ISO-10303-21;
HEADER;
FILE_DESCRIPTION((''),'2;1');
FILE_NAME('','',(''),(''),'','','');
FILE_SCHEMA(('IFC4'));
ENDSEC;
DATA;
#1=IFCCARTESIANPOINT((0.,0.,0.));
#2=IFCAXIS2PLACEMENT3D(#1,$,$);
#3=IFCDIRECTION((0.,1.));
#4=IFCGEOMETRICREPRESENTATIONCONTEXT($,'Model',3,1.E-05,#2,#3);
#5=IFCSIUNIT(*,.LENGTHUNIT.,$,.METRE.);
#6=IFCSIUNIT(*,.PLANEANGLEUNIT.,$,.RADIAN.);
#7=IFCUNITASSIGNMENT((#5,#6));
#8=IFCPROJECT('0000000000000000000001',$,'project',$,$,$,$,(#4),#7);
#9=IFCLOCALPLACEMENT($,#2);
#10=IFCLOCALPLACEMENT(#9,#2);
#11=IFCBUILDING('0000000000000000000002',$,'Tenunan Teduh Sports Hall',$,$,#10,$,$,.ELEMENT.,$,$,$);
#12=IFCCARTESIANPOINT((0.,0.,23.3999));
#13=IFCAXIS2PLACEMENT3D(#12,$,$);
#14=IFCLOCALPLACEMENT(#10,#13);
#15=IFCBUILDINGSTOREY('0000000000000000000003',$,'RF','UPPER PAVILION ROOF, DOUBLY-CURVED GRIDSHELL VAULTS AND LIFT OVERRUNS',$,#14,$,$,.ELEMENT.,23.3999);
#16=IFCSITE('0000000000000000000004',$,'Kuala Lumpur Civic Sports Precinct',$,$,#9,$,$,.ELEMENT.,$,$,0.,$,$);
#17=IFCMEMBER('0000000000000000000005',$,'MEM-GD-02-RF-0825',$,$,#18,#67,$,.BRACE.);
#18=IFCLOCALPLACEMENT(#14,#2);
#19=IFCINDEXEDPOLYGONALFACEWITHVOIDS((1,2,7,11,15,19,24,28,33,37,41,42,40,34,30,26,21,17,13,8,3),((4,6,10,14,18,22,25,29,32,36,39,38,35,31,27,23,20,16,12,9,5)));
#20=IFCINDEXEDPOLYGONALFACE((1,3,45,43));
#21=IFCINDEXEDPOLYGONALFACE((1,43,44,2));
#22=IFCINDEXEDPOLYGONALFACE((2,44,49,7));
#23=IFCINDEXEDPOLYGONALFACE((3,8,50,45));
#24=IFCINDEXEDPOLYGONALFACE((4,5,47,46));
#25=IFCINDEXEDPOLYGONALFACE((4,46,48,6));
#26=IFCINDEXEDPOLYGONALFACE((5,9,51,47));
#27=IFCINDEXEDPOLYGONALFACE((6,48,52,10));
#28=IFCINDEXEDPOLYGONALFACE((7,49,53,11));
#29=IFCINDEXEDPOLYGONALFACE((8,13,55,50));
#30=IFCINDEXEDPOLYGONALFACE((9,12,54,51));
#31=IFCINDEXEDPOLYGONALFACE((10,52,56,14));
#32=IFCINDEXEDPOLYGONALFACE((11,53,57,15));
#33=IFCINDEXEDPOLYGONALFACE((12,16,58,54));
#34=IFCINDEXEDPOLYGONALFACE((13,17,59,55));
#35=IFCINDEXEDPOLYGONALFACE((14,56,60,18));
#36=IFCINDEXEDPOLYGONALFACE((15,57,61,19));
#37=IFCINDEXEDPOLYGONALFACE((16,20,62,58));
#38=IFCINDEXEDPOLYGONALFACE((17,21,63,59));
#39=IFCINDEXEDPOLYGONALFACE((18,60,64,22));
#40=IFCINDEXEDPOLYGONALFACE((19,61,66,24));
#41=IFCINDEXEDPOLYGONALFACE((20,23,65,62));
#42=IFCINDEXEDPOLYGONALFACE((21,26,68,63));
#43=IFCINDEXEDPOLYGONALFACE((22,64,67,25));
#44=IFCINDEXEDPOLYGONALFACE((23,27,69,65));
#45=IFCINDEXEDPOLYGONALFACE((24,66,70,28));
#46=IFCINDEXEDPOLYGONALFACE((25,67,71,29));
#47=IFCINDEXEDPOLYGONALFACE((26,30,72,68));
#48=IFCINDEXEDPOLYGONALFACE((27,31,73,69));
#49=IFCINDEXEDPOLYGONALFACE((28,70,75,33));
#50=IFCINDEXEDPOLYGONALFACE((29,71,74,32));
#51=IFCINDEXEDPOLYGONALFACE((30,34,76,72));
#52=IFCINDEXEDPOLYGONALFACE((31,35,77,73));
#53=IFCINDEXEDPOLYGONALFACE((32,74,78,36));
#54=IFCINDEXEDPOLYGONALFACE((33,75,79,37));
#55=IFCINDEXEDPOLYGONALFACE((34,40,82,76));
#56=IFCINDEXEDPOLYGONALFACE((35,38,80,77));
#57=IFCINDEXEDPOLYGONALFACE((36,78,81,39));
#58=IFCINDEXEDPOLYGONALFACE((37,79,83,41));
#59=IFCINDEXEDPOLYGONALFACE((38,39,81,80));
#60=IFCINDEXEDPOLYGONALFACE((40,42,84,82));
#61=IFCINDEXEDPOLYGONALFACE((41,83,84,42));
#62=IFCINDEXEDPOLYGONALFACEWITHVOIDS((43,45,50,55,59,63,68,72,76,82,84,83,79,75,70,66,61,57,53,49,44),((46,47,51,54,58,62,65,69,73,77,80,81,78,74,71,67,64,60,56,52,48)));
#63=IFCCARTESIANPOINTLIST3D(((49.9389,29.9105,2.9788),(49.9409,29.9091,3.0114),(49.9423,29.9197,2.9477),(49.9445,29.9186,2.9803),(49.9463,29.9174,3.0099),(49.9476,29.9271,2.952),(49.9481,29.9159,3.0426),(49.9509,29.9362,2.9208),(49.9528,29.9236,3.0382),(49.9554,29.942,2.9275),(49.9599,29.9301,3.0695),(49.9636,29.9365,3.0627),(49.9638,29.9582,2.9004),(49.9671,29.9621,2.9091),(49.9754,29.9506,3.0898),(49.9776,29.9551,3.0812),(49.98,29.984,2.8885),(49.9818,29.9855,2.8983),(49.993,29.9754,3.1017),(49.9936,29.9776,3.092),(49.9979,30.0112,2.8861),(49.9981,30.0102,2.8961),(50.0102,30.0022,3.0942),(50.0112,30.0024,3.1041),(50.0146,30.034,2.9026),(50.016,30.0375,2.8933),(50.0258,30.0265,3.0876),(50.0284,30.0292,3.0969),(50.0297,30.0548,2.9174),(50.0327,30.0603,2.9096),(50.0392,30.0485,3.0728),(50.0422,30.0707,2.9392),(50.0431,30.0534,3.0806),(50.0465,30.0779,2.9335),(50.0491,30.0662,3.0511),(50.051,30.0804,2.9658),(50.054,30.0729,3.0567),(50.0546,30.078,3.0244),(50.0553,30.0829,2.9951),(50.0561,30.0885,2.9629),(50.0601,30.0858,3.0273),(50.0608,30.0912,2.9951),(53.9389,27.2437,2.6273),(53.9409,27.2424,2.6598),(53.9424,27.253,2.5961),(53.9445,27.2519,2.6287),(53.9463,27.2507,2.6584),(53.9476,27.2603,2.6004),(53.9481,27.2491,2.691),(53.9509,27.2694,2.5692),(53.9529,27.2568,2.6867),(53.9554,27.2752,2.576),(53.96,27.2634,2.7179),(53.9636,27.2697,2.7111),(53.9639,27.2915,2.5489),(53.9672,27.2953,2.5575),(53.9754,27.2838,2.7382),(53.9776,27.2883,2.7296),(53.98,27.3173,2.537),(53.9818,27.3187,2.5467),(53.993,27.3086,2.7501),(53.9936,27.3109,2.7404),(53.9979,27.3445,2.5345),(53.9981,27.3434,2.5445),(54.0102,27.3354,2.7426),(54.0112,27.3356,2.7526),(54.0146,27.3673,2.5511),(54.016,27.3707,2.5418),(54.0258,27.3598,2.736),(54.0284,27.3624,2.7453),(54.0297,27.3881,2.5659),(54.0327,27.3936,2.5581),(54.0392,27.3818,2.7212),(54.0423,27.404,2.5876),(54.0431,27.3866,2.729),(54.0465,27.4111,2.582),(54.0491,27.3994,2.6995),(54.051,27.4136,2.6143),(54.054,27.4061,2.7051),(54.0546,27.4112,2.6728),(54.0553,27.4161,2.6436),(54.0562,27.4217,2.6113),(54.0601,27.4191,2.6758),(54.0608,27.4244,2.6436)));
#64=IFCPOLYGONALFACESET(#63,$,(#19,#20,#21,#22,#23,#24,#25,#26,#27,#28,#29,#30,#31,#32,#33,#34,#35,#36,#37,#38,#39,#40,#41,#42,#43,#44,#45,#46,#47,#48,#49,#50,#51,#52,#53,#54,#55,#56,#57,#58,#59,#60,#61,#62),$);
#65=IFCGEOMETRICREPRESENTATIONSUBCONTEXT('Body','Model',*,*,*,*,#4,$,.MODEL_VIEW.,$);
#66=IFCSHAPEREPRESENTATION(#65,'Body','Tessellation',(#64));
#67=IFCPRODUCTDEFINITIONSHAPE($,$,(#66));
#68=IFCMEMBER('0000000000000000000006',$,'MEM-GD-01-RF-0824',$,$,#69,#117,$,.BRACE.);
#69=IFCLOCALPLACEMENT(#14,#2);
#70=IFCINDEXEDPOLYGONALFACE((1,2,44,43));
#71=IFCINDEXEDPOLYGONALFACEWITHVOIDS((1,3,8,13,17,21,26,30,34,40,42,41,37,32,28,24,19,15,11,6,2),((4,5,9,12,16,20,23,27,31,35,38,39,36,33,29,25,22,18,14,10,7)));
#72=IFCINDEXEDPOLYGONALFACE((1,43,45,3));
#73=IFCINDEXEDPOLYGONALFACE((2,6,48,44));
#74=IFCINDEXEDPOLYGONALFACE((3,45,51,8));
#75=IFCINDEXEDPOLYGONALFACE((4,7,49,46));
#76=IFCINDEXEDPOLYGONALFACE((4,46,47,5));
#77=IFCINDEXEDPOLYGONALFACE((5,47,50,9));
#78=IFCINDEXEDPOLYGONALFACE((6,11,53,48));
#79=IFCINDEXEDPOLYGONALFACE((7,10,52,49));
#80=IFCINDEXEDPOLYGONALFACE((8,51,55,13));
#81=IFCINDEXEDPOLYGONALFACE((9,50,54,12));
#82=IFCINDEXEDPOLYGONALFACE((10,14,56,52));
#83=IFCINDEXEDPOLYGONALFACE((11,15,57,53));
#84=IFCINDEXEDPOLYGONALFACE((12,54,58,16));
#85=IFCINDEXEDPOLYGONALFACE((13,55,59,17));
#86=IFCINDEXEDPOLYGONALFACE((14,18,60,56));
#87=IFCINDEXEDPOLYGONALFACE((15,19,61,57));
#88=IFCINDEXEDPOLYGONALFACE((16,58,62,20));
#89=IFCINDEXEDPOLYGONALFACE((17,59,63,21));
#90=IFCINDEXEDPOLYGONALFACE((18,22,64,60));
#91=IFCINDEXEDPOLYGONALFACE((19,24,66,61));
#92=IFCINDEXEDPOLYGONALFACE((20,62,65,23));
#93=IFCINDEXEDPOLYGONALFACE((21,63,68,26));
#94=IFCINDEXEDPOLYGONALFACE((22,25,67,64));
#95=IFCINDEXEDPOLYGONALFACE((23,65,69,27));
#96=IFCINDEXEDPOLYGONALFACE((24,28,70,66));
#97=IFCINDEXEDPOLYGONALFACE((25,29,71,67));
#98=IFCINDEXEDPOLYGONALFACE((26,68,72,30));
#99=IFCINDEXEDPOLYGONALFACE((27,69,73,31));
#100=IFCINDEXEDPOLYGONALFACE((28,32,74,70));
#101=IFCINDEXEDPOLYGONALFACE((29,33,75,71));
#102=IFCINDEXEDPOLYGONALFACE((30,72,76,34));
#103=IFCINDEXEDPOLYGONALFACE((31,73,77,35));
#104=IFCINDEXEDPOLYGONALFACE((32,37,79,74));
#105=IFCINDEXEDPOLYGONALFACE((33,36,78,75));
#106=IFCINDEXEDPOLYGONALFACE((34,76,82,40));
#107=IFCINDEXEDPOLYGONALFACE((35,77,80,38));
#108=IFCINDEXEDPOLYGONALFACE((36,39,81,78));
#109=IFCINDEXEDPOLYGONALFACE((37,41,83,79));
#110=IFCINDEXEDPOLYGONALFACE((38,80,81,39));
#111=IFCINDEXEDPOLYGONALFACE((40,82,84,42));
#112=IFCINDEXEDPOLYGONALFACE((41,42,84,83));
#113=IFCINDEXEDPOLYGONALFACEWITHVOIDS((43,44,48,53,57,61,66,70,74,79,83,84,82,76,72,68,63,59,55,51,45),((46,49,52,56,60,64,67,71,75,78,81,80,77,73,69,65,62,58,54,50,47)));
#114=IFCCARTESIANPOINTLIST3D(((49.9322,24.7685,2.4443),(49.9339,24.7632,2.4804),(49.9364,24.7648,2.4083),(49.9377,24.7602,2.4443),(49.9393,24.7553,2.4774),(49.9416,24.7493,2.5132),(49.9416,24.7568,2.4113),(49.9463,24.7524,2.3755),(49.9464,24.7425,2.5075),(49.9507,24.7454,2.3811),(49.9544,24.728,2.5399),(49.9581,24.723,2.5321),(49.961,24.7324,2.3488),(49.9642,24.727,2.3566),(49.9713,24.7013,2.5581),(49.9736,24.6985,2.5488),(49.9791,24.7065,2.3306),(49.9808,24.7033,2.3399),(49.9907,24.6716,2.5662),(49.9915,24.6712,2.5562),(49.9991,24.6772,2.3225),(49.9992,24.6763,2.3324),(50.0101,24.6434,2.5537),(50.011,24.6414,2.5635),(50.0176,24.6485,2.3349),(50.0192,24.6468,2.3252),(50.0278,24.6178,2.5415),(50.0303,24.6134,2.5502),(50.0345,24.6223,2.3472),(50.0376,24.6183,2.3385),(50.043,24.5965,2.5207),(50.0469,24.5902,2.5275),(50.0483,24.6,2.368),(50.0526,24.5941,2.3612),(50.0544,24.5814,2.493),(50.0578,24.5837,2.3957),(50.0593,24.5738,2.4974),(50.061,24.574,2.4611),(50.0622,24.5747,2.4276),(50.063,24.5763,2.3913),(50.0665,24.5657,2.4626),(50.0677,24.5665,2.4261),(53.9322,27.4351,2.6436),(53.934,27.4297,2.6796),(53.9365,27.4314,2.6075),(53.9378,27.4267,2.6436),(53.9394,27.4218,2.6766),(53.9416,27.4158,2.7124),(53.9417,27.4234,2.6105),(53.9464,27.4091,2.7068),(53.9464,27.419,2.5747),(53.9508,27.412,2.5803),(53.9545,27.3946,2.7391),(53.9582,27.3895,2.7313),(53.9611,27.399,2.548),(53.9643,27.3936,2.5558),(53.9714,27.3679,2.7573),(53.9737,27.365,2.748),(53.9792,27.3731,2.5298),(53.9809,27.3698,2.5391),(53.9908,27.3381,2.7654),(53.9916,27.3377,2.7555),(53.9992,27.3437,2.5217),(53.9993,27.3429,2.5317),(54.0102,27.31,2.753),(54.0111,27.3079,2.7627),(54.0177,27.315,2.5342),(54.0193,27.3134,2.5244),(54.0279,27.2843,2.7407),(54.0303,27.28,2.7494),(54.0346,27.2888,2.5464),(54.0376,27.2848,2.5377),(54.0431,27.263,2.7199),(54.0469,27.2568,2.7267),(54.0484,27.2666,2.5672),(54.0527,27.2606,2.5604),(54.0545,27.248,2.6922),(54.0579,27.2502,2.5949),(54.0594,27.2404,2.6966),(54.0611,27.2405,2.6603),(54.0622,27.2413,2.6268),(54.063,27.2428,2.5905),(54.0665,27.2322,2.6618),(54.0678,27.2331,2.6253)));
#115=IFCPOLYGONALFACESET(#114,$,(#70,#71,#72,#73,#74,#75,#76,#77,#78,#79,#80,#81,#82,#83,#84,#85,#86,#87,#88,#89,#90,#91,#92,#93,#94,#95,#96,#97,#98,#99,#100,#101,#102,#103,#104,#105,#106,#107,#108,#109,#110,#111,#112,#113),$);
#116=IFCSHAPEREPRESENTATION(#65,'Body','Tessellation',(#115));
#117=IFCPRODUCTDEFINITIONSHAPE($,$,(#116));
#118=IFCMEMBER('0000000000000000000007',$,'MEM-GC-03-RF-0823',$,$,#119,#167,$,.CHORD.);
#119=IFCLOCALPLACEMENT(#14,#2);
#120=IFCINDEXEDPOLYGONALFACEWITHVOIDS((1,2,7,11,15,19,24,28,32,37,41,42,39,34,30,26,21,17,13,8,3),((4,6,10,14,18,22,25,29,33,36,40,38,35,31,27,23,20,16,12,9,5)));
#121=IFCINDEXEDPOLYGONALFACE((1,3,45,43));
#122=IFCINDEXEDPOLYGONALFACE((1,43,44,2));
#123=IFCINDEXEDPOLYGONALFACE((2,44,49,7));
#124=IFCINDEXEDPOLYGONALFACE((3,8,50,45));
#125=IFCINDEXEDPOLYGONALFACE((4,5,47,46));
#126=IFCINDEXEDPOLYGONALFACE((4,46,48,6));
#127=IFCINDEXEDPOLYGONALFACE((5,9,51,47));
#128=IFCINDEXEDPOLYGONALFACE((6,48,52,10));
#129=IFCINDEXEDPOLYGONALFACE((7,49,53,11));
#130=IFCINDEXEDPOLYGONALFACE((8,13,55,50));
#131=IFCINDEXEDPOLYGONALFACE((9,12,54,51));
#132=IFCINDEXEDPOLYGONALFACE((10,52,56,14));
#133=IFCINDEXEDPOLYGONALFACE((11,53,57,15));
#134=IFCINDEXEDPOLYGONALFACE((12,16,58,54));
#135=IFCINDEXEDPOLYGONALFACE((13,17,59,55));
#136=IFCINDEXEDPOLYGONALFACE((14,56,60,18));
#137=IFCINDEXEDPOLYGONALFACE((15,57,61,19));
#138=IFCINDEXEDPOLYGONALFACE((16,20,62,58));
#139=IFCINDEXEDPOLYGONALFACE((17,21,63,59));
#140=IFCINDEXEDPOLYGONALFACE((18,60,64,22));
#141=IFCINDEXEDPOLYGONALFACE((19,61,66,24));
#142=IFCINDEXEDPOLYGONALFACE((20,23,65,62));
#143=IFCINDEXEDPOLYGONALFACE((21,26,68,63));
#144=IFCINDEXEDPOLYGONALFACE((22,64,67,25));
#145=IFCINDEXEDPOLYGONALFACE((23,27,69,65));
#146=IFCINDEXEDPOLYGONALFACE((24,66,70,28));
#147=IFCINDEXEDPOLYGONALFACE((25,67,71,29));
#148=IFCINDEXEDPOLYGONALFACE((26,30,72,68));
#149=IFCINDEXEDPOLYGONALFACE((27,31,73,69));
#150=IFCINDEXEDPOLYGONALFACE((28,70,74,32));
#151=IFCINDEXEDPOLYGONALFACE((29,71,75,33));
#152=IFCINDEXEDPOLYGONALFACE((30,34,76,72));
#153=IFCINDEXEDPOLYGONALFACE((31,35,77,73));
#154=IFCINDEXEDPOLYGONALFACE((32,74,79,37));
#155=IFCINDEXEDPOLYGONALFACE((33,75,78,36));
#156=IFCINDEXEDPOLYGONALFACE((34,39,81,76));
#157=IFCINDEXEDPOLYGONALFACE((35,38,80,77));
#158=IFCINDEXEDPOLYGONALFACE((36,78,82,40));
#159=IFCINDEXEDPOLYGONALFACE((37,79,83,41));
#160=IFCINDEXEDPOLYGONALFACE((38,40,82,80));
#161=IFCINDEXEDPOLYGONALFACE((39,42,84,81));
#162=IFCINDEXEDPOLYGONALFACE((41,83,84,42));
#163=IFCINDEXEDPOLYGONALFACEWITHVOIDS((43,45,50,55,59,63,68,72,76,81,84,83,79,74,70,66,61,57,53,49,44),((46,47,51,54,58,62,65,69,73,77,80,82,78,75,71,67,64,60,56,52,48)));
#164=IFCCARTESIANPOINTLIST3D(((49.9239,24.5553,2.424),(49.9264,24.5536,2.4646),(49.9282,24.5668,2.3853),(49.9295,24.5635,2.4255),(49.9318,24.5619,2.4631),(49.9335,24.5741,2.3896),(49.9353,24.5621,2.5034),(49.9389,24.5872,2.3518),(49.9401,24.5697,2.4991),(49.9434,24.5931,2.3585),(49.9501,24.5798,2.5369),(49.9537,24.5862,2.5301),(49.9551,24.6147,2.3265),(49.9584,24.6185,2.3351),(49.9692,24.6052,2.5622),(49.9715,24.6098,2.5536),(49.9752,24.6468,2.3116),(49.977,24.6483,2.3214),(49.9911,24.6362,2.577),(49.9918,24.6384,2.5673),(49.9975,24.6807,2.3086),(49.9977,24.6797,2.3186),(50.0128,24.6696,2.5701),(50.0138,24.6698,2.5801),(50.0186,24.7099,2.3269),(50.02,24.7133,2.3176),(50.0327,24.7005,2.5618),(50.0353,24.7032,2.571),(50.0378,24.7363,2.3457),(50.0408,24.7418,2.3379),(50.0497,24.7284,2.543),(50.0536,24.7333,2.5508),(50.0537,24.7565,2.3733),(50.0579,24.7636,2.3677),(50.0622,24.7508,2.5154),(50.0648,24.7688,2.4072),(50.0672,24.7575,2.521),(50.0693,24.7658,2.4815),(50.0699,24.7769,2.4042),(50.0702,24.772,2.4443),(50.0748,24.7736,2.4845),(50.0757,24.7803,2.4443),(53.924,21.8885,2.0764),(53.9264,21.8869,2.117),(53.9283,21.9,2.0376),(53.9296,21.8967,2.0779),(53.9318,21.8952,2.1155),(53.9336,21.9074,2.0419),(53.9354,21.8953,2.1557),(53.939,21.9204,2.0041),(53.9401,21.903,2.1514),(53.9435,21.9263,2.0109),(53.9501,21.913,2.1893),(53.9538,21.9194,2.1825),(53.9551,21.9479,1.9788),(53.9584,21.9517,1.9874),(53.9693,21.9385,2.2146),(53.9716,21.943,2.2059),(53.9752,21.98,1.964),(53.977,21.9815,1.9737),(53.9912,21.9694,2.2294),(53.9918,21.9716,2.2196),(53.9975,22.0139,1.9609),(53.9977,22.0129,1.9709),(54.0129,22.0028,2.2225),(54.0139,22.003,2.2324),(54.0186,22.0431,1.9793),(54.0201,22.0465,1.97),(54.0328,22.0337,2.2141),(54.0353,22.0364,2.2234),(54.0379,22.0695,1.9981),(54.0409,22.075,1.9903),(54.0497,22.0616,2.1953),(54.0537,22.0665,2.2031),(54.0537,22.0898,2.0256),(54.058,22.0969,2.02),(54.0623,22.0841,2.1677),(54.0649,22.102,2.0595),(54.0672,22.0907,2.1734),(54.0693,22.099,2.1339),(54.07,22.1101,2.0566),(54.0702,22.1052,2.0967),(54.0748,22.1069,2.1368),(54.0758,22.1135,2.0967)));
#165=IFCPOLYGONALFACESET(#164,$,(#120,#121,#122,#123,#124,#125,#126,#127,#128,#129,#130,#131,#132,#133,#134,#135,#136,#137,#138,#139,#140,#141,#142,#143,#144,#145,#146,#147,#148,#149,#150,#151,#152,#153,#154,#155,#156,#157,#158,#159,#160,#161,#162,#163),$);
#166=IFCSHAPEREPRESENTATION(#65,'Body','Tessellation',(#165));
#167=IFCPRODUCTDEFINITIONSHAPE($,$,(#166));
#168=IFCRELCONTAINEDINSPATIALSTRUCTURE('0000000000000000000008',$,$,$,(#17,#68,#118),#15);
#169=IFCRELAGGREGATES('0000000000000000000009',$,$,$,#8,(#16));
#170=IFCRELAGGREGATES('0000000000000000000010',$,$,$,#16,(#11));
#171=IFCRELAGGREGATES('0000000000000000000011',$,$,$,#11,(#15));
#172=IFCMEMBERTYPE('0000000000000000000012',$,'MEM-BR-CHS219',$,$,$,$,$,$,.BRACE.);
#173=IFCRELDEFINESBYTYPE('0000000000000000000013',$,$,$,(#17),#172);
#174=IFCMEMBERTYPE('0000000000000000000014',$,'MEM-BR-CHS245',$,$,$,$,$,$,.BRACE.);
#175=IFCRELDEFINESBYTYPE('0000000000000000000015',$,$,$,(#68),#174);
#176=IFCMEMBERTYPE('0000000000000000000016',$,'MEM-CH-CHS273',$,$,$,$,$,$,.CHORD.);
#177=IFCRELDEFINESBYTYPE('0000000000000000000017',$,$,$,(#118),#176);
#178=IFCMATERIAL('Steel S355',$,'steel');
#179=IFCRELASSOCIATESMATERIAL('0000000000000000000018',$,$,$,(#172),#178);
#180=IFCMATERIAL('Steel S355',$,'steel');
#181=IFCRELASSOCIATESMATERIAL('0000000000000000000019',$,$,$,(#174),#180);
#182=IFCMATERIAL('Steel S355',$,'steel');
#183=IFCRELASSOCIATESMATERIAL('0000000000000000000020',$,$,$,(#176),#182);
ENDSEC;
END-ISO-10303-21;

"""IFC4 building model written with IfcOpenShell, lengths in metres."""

from ifc_helpers import new_model, si_unit, direction, frame, origin, origin_2d, place, context, subcontext, project, spatial, hollow_circle, extrude, material, material_profile, profile_set, type_object, element, save


model = new_model("IFC4")

# Units and contexts
model_context = context("Model", 3, precision=1e-05, world=origin(), true_north=direction((0.0, 1.0)))
body_context = subcontext(model_context, "Body", "Model", "MODEL_VIEW")
ifc_project = project(units=[si_unit("LENGTHUNIT", "METRE"), si_unit("PLANEANGLEUNIT", "RADIAN")], contexts=[model_context])

# Site, building, storey
site_placement = place(None, origin())
site = spatial("IfcSite", under=ifc_project, at=site_placement, Name="Kuala Lumpur Civic Sports Precinct", CompositionType="ELEMENT", RefElevation=0.0)
building_placement = place(site_placement, origin())
building = spatial("IfcBuilding", under=site, at=building_placement, Name="Tenunan Teduh Sports Hall", CompositionType="ELEMENT")
storey_placement = place(building_placement, frame((0.0, 0.0, 23.3999)))
storey = spatial("IfcBuildingStorey", under=building, at=storey_placement, Name="RF", Description="UPPER PAVILION ROOF, DOUBLY-CURVED GRIDSHELL VAULTS AND LIFT OVERRUNS", CompositionType="ELEMENT", Elevation=23.3999)

# Members
ifc_material_1 = material(Name="Steel S355", Category="steel")
ifc_material_profile_1 = material_profile(ifc_material_1, hollow_circle(Radius=0.1096, WallThickness=0.01, at=origin_2d()), Name="CHS 219.1x10.0")
ifc_profile_set_1 = profile_set([ifc_material_profile_1], Name="Steel S355")
member_type_1 = type_object("IfcMemberType", Name="MEM-BR-CHS219", PredefinedType="BRACE", material=ifc_profile_set_1)
member_1_placement = place(storey_placement, frame((50.0, 30.0, 2.9951), z_axis=(0.829827, -0.553235, -0.072934), x_axis=(0.554712, 0.832042, 0.0)))
element("IfcMember", 1, at=member_1_placement, inside=storey, type_object=member_type_1, Name="MEM-GD-02-RF-0825", PredefinedType="BRACE", context=body_context, shape_type="SweptSolid", body=[
    extrude(hollow_circle(Radius=0.1096, WallThickness=0.01, at=origin_2d()), origin(), (0.0, 0.0, 1.0), 4.8203),
])
ifc_material_2 = material(Name="Steel S355", Category="steel")
ifc_material_profile_2 = material_profile(ifc_material_2, hollow_circle(Radius=0.1223, WallThickness=0.01, at=origin_2d()), Name="CHS 244.5x10.0")
ifc_profile_set_2 = profile_set([ifc_material_profile_2], Name="Steel S355")
member_type_2 = type_object("IfcMemberType", Name="MEM-BR-CHS245", PredefinedType="BRACE", material=ifc_profile_set_2)
member_2_placement = place(storey_placement, frame((50.0, 24.6667, 2.4443), z_axis=(0.831352, 0.554201, 0.041405), x_axis=(-0.554677, 0.832066, 0.0)))
element("IfcMember", 2, at=member_2_placement, inside=storey, type_object=member_type_2, Name="MEM-GD-01-RF-0824", PredefinedType="BRACE", context=body_context, shape_type="SweptSolid", body=[
    extrude(hollow_circle(Radius=0.1223, WallThickness=0.01, at=origin_2d()), origin(), (0.0, 0.0, 1.0), 4.8115),
])
ifc_material_3 = material(Name="Steel S355", Category="steel")
ifc_material_profile_3 = material_profile(ifc_material_3, hollow_circle(Radius=0.1365, WallThickness=0.01, at=origin_2d()), Name="CHS 273.0x10.0")
ifc_profile_set_3 = profile_set([ifc_material_profile_3], Name="Steel S355")
member_type_3 = type_object("IfcMemberType", Name="MEM-CH-CHS273", PredefinedType="CHORD", material=ifc_profile_set_3)
member_3_placement = place(storey_placement, frame((50.0, 24.6667, 2.4443), z_axis=(0.829875, -0.553267, -0.072128), x_axis=(0.554712, 0.832042, 0.0)))
element("IfcMember", 3, at=member_3_placement, inside=storey, type_object=member_type_3, Name="MEM-GC-03-RF-0823", PredefinedType="CHORD", context=body_context, shape_type="SweptSolid", body=[
    extrude(hollow_circle(Radius=0.1365, WallThickness=0.01, at=origin_2d()), origin(), (0.0, 0.0, 1.0), 4.8201),
])

save(model, "model.ifc")
